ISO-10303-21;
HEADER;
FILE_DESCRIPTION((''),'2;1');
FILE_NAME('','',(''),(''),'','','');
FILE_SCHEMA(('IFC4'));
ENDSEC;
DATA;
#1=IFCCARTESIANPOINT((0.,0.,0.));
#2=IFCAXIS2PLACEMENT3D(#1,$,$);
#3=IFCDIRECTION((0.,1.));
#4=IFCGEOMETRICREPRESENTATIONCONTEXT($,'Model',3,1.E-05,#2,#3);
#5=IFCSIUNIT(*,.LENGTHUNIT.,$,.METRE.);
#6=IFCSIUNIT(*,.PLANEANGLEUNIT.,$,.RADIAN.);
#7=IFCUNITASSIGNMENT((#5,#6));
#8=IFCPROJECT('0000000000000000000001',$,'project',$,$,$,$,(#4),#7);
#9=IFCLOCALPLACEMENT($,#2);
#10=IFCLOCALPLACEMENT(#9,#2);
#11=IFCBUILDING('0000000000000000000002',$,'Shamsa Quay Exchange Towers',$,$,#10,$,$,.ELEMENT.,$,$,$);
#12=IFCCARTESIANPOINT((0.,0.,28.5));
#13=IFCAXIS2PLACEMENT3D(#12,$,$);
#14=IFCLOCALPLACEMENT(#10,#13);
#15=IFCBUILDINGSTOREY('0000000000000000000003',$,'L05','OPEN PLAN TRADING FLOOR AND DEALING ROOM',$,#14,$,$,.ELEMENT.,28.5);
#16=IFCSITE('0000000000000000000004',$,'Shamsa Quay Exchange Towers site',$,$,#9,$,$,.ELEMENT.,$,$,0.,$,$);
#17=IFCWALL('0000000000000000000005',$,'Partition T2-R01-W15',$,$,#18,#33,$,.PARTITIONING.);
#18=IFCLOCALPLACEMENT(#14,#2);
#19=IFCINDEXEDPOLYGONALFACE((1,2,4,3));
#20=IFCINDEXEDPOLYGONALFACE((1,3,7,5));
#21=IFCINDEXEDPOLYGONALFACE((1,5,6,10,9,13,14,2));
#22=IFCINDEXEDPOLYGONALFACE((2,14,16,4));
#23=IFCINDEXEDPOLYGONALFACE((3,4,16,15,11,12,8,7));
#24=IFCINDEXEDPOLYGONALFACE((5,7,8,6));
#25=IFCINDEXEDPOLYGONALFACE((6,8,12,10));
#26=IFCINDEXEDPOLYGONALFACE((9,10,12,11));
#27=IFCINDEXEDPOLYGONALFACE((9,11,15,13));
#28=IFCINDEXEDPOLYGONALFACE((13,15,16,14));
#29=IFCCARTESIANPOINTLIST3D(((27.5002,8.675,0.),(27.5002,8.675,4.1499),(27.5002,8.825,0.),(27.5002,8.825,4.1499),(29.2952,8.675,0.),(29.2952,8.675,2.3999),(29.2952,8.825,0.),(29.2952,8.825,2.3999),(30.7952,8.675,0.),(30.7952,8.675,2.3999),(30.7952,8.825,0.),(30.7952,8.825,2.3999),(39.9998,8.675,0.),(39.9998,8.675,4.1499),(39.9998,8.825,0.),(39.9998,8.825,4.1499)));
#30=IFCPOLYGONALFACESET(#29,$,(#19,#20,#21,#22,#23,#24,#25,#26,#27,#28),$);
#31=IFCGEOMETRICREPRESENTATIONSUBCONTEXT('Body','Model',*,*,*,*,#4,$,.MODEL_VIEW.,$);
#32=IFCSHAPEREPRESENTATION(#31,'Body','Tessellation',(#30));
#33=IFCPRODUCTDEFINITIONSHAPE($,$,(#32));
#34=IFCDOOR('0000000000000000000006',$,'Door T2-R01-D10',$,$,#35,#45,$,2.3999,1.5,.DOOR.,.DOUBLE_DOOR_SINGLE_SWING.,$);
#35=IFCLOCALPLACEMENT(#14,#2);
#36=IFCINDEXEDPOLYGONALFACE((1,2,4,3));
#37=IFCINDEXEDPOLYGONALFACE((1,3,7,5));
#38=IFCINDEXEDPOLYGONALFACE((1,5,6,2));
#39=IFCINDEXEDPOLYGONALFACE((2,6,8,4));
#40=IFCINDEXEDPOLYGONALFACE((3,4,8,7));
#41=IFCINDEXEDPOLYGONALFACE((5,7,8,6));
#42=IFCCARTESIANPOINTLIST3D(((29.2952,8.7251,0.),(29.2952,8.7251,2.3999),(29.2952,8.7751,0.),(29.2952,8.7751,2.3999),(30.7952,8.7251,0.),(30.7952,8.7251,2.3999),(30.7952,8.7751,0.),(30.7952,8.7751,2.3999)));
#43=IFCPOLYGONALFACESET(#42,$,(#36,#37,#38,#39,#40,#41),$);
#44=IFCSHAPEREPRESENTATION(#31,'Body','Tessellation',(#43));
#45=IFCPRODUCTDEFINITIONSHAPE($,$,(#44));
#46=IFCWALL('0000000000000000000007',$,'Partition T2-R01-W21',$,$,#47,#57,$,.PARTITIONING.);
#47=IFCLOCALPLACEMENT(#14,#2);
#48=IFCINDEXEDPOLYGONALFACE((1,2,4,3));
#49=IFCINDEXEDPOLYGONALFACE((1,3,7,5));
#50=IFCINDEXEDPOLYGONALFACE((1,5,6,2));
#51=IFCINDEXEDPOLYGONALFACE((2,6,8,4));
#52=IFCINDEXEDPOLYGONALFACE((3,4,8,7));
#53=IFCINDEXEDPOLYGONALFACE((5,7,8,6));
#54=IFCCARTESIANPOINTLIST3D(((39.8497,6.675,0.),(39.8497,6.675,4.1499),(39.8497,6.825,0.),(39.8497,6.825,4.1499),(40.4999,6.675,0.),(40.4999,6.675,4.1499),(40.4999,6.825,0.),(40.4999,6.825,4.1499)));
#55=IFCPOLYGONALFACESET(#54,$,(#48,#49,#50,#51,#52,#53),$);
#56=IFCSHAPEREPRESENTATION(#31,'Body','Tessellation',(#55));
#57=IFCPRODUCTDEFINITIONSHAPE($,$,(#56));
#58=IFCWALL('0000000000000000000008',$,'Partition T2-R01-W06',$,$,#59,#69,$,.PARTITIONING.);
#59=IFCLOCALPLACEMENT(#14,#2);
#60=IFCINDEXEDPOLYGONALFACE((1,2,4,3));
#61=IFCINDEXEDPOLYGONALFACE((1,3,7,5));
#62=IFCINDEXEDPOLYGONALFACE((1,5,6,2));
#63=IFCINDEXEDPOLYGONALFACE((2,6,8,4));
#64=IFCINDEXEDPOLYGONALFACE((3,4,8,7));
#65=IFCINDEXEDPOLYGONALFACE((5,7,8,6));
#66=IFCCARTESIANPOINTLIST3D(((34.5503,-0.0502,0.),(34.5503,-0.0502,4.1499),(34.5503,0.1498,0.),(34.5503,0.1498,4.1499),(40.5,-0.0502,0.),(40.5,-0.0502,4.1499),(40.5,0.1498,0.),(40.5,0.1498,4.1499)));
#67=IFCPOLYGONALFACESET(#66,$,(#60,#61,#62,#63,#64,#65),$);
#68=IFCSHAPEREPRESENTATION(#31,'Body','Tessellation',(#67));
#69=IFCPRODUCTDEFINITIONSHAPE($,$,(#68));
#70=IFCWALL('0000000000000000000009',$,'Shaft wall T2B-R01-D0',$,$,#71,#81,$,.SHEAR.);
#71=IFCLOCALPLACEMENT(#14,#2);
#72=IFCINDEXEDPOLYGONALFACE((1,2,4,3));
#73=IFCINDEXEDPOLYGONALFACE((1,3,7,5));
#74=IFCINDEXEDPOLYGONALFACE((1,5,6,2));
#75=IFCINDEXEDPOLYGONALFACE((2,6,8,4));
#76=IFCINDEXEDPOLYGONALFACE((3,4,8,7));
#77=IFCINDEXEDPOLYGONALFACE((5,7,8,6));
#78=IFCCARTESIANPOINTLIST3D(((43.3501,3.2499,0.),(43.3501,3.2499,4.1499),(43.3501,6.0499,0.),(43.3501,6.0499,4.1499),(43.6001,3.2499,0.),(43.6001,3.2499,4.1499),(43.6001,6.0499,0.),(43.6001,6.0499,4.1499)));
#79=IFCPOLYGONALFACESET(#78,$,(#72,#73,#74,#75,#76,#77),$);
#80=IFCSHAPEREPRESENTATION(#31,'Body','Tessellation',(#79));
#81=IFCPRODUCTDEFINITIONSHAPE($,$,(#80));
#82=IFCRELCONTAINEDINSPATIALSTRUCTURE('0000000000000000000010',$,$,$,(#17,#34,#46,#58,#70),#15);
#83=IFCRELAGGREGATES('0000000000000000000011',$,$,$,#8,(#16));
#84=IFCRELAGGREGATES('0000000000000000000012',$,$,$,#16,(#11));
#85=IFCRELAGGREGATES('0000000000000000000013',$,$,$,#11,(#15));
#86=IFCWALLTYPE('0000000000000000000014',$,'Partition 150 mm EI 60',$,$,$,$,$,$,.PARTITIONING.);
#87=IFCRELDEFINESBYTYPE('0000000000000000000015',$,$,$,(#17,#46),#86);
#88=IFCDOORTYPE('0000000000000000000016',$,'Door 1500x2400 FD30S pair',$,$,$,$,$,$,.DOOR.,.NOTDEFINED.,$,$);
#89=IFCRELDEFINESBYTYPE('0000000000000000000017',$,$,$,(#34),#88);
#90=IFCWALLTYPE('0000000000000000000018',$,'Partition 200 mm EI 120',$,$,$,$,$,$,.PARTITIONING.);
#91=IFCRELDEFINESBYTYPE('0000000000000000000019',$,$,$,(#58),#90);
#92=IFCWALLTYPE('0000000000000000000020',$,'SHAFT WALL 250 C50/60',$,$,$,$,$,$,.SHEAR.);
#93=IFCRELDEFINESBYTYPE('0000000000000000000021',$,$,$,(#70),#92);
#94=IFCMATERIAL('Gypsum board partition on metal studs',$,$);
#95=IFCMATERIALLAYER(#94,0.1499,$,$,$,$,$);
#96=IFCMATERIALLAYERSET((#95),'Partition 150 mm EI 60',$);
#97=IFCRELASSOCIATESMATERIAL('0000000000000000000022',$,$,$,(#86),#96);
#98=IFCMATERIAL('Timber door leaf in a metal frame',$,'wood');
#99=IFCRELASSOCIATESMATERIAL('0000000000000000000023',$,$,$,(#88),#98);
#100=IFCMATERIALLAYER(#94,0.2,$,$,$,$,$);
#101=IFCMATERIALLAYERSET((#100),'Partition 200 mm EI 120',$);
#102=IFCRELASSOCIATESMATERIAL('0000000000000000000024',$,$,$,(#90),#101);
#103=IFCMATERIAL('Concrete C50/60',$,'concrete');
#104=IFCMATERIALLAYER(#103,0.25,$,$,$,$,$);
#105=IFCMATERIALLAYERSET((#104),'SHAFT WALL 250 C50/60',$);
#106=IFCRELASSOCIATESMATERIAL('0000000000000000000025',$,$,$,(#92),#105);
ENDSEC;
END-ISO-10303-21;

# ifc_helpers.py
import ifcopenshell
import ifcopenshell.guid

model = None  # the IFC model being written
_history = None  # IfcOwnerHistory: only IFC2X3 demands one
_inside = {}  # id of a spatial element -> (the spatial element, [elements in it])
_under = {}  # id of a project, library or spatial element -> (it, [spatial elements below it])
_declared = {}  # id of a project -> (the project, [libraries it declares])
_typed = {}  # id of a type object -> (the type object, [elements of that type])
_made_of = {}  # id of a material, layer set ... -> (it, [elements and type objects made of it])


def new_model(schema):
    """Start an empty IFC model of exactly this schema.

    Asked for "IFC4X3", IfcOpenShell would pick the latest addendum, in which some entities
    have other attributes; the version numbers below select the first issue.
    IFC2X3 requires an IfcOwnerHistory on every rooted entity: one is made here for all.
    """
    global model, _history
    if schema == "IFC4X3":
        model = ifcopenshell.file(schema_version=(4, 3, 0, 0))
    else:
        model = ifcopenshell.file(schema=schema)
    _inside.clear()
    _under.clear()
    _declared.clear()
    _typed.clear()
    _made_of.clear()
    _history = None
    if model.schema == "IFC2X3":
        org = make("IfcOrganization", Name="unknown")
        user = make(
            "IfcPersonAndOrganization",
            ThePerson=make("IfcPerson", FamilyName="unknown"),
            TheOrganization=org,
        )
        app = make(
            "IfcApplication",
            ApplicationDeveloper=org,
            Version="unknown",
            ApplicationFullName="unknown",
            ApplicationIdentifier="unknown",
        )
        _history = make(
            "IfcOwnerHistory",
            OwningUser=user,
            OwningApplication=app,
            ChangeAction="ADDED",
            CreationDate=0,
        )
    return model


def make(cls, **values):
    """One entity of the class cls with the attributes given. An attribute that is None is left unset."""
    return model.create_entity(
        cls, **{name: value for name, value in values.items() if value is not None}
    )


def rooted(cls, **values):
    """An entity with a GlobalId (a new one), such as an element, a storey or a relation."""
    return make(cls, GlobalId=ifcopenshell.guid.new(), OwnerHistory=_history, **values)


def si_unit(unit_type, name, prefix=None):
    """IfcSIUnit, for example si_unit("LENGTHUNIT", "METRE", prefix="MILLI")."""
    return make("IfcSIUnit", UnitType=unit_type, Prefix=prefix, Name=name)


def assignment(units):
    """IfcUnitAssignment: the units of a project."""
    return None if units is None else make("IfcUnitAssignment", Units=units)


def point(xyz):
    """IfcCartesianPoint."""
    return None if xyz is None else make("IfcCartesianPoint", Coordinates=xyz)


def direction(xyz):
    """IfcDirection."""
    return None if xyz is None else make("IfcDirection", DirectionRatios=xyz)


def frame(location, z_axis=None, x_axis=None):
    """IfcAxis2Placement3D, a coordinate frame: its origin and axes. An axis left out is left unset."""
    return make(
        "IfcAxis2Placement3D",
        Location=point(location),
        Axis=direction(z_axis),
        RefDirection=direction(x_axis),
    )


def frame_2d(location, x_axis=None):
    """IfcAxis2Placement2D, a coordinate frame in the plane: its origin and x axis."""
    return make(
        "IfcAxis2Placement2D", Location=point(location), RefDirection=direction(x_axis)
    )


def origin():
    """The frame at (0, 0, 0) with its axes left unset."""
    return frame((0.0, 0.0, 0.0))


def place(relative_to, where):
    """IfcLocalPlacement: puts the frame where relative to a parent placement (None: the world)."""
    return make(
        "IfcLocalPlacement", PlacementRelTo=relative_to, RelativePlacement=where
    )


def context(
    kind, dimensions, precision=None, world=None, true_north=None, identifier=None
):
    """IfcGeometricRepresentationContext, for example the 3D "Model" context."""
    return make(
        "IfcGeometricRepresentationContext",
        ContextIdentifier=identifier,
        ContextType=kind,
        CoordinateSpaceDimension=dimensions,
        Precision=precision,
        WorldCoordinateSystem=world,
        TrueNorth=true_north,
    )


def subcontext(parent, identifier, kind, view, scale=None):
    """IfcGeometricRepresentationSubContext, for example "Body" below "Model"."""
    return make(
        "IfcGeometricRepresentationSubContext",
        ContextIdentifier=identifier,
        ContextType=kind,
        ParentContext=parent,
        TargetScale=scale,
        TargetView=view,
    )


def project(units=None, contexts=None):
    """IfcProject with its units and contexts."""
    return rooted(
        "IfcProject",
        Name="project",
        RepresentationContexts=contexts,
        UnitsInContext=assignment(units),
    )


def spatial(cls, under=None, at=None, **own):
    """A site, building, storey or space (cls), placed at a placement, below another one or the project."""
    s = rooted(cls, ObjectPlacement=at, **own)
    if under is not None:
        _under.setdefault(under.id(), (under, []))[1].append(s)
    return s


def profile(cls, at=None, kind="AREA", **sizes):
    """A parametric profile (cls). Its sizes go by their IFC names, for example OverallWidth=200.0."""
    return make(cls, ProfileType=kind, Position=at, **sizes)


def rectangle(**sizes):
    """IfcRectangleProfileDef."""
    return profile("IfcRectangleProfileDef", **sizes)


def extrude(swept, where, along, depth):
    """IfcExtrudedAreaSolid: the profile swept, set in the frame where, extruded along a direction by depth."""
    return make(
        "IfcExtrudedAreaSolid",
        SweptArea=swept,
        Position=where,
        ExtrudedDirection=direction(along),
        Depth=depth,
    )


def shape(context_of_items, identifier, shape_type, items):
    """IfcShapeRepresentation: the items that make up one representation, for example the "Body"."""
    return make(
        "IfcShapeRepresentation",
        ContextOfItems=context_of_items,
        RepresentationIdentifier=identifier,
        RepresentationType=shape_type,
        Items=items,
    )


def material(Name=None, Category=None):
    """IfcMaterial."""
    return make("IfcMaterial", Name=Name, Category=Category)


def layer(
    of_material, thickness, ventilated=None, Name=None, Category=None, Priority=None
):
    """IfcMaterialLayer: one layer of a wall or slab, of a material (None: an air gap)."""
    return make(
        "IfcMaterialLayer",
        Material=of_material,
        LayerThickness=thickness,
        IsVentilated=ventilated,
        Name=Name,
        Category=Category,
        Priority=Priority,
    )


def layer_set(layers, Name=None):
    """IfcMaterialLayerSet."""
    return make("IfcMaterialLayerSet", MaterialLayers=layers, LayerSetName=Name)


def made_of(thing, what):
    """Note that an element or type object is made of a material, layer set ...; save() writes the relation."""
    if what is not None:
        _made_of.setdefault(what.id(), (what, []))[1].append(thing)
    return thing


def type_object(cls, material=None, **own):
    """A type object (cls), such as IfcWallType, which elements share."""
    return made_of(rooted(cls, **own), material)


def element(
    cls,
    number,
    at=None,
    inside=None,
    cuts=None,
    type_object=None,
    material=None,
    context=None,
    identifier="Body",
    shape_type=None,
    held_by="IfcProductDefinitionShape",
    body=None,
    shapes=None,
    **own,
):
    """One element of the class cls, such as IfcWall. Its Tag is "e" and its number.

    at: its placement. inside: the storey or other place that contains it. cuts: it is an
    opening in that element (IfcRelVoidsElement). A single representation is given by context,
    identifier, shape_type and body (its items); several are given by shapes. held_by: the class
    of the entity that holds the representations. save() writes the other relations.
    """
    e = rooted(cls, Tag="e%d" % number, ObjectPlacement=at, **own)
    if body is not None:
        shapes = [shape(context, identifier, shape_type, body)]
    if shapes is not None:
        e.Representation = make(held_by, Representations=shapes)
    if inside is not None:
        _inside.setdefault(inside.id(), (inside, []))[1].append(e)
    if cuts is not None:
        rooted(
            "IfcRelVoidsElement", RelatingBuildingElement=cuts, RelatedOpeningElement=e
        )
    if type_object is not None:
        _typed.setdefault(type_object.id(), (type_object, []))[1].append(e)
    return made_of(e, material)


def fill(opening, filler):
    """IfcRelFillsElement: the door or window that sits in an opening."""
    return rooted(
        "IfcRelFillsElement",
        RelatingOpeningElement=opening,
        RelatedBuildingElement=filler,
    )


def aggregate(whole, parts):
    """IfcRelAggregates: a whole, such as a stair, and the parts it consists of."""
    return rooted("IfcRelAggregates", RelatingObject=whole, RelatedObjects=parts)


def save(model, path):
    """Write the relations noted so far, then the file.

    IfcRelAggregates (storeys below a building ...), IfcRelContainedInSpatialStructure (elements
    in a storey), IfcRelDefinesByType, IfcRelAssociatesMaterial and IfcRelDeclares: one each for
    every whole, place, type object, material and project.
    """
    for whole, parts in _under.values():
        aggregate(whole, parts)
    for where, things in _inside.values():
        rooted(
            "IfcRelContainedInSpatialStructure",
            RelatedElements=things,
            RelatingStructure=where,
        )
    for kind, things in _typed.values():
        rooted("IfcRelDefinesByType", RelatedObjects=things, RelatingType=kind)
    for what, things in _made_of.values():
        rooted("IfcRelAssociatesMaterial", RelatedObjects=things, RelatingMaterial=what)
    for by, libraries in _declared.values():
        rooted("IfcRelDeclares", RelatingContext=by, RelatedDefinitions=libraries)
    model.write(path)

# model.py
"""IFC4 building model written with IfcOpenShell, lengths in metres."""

from ifc_helpers import new_model, si_unit, direction, frame, frame_2d, origin, place, context, subcontext, project, spatial, rectangle, extrude, material, layer, layer_set, type_object, element, fill, save


model = new_model("IFC4")

# Units and contexts
model_context = context("Model", 3, precision=1e-05, world=origin(), true_north=direction((0.0, 1.0)))
body_context = subcontext(model_context, "Body", "Model", "MODEL_VIEW")
ifc_project = project(units=[si_unit("LENGTHUNIT", "METRE"), si_unit("PLANEANGLEUNIT", "RADIAN")], contexts=[model_context])

# Site, building, storey
site_placement = place(None, origin())
site = spatial("IfcSite", under=ifc_project, at=site_placement, Name="Shamsa Quay Exchange Towers site", CompositionType="ELEMENT", RefElevation=0.0)
building_placement = place(site_placement, origin())
building = spatial("IfcBuilding", under=site, at=building_placement, Name="Shamsa Quay Exchange Towers", CompositionType="ELEMENT")
storey_placement = place(building_placement, frame((0.0, 0.0, 28.5)))
storey = spatial("IfcBuildingStorey", under=building, at=storey_placement, Name="L05", Description="OPEN PLAN TRADING FLOOR AND DEALING ROOM", CompositionType="ELEMENT", Elevation=28.5)

# Shared definitions
ifc_material_1 = material(Name="Gypsum board partition on metal studs")

# Shared definitions
ifc_material_2 = material(Name="Timber door leaf in a metal frame", Category="wood")

# Wall, opening, door
ifc_layer_1 = layer(ifc_material_1, 0.1499)
ifc_layer_set_1 = layer_set([ifc_layer_1], Name="Partition 150 mm EI 60")
wall_type_1 = type_object("IfcWallType", Name="Partition 150 mm EI 60", PredefinedType="PARTITIONING", material=ifc_layer_set_1)
door_type_1 = type_object("IfcDoorType", Name="Door 1500x2400 FD30S pair", OperationType="NOTDEFINED", PredefinedType="DOOR", material=ifc_material_2)
wall_1_placement = place(storey_placement, frame((39.9998, 8.75, 0.0), z_axis=(0.0, 0.0, 1.0), x_axis=(-1.0, 0.0, 0.0)))
wall_1 = element("IfcWall", 1, at=wall_1_placement, inside=storey, type_object=wall_type_1, Name="Partition T2-R01-W15", PredefinedType="PARTITIONING", context=body_context, shape_type="SweptSolid", body=[
    extrude(rectangle(XDim=12.4995, YDim=0.1499, at=frame_2d((6.2498, 0.0))), origin(), (0.0, 0.0, 1.0), 4.1499),
])
opening_1_placement = place(wall_1_placement, frame((9.2046, 0.0, 0.0)))
opening_1 = element("IfcOpeningElement", 2, at=opening_1_placement, cuts=wall_1, PredefinedType="OPENING", context=body_context, shape_type="SweptSolid", body=[
    extrude(rectangle(XDim=1.5, YDim=2.3999, at=frame_2d((0.75, 1.2))), frame((0.0, 0.085, 0.0), z_axis=(0.0, -1.0, 0.0), x_axis=(1.0, 0.0, 0.0)), (0.0, 0.0, 1.0), 0.1699),
])
door_1_placement = place(opening_1_placement, origin())
door_1 = element("IfcDoor", 3, at=door_1_placement, inside=storey, type_object=door_type_1, Name="Door T2-R01-D10", OperationType="DOUBLE_DOOR_SINGLE_SWING", OverallHeight=2.3999, OverallWidth=1.5, PredefinedType="DOOR", context=body_context, shape_type="SweptSolid", body=[
    extrude(rectangle(XDim=1.5, YDim=2.3999, at=frame_2d((0.75, 1.2))), frame((0.0, 0.0249, 0.0), z_axis=(0.0, -1.0, 0.0), x_axis=(1.0, 0.0, 0.0)), (0.0, 0.0, 1.0), 0.05),
])
fill(opening_1, door_1)

# Walls
wall_2_placement = place(storey_placement, frame((40.5, 6.75, 0.0), z_axis=(0.0, 0.0, 1.0), x_axis=(-1.0, 0.0, 0.0)))
element("IfcWall", 4, at=wall_2_placement, inside=storey, type_object=wall_type_1, Name="Partition T2-R01-W21", PredefinedType="PARTITIONING", context=body_context, shape_type="SweptSolid", body=[
    extrude(rectangle(XDim=0.6501, YDim=0.1499, at=frame_2d((0.3252, 0.0))), origin(), (0.0, 0.0, 1.0), 4.1499),
])
ifc_layer_2 = layer(ifc_material_1, 0.2)
ifc_layer_set_2 = layer_set([ifc_layer_2], Name="Partition 200 mm EI 120")
wall_type_2 = type_object("IfcWallType", Name="Partition 200 mm EI 120", PredefinedType="PARTITIONING", material=ifc_layer_set_2)
wall_3_placement = place(storey_placement, frame((40.5, 0.0498, 0.0), z_axis=(0.0, 0.0, 1.0), x_axis=(-1.0, 0.0, 0.0)))
element("IfcWall", 5, at=wall_3_placement, inside=storey, type_object=wall_type_2, Name="Partition T2-R01-W06", PredefinedType="PARTITIONING", context=body_context, shape_type="SweptSolid", body=[
    extrude(rectangle(XDim=5.9497, YDim=0.2, at=frame_2d((2.9749, 0.0))), origin(), (0.0, 0.0, 1.0), 4.1499),
])
ifc_material_3 = material(Name="Concrete C50/60", Category="concrete")
ifc_layer_3 = layer(ifc_material_3, 0.25)
ifc_layer_set_3 = layer_set([ifc_layer_3], Name="SHAFT WALL 250 C50/60")
wall_type_3 = type_object("IfcWallType", Name="SHAFT WALL 250 C50/60", PredefinedType="SHEAR", material=ifc_layer_set_3)
wall_4_placement = place(storey_placement, frame((43.4751, 3.25, 0.0), z_axis=(0.0, 0.0, 1.0), x_axis=(0.0, 1.0, 0.0)))
element("IfcWall", 6, at=wall_4_placement, inside=storey, type_object=wall_type_3, Name="Shaft wall T2B-R01-D0", PredefinedType="SHEAR", context=body_context, shape_type="SweptSolid", body=[
    extrude(rectangle(XDim=2.8, YDim=0.25, at=frame_2d((1.3999, 0.0))), origin(), (0.0, 0.0, 1.0), 4.1499),
])

save(model, "model.ifc")
